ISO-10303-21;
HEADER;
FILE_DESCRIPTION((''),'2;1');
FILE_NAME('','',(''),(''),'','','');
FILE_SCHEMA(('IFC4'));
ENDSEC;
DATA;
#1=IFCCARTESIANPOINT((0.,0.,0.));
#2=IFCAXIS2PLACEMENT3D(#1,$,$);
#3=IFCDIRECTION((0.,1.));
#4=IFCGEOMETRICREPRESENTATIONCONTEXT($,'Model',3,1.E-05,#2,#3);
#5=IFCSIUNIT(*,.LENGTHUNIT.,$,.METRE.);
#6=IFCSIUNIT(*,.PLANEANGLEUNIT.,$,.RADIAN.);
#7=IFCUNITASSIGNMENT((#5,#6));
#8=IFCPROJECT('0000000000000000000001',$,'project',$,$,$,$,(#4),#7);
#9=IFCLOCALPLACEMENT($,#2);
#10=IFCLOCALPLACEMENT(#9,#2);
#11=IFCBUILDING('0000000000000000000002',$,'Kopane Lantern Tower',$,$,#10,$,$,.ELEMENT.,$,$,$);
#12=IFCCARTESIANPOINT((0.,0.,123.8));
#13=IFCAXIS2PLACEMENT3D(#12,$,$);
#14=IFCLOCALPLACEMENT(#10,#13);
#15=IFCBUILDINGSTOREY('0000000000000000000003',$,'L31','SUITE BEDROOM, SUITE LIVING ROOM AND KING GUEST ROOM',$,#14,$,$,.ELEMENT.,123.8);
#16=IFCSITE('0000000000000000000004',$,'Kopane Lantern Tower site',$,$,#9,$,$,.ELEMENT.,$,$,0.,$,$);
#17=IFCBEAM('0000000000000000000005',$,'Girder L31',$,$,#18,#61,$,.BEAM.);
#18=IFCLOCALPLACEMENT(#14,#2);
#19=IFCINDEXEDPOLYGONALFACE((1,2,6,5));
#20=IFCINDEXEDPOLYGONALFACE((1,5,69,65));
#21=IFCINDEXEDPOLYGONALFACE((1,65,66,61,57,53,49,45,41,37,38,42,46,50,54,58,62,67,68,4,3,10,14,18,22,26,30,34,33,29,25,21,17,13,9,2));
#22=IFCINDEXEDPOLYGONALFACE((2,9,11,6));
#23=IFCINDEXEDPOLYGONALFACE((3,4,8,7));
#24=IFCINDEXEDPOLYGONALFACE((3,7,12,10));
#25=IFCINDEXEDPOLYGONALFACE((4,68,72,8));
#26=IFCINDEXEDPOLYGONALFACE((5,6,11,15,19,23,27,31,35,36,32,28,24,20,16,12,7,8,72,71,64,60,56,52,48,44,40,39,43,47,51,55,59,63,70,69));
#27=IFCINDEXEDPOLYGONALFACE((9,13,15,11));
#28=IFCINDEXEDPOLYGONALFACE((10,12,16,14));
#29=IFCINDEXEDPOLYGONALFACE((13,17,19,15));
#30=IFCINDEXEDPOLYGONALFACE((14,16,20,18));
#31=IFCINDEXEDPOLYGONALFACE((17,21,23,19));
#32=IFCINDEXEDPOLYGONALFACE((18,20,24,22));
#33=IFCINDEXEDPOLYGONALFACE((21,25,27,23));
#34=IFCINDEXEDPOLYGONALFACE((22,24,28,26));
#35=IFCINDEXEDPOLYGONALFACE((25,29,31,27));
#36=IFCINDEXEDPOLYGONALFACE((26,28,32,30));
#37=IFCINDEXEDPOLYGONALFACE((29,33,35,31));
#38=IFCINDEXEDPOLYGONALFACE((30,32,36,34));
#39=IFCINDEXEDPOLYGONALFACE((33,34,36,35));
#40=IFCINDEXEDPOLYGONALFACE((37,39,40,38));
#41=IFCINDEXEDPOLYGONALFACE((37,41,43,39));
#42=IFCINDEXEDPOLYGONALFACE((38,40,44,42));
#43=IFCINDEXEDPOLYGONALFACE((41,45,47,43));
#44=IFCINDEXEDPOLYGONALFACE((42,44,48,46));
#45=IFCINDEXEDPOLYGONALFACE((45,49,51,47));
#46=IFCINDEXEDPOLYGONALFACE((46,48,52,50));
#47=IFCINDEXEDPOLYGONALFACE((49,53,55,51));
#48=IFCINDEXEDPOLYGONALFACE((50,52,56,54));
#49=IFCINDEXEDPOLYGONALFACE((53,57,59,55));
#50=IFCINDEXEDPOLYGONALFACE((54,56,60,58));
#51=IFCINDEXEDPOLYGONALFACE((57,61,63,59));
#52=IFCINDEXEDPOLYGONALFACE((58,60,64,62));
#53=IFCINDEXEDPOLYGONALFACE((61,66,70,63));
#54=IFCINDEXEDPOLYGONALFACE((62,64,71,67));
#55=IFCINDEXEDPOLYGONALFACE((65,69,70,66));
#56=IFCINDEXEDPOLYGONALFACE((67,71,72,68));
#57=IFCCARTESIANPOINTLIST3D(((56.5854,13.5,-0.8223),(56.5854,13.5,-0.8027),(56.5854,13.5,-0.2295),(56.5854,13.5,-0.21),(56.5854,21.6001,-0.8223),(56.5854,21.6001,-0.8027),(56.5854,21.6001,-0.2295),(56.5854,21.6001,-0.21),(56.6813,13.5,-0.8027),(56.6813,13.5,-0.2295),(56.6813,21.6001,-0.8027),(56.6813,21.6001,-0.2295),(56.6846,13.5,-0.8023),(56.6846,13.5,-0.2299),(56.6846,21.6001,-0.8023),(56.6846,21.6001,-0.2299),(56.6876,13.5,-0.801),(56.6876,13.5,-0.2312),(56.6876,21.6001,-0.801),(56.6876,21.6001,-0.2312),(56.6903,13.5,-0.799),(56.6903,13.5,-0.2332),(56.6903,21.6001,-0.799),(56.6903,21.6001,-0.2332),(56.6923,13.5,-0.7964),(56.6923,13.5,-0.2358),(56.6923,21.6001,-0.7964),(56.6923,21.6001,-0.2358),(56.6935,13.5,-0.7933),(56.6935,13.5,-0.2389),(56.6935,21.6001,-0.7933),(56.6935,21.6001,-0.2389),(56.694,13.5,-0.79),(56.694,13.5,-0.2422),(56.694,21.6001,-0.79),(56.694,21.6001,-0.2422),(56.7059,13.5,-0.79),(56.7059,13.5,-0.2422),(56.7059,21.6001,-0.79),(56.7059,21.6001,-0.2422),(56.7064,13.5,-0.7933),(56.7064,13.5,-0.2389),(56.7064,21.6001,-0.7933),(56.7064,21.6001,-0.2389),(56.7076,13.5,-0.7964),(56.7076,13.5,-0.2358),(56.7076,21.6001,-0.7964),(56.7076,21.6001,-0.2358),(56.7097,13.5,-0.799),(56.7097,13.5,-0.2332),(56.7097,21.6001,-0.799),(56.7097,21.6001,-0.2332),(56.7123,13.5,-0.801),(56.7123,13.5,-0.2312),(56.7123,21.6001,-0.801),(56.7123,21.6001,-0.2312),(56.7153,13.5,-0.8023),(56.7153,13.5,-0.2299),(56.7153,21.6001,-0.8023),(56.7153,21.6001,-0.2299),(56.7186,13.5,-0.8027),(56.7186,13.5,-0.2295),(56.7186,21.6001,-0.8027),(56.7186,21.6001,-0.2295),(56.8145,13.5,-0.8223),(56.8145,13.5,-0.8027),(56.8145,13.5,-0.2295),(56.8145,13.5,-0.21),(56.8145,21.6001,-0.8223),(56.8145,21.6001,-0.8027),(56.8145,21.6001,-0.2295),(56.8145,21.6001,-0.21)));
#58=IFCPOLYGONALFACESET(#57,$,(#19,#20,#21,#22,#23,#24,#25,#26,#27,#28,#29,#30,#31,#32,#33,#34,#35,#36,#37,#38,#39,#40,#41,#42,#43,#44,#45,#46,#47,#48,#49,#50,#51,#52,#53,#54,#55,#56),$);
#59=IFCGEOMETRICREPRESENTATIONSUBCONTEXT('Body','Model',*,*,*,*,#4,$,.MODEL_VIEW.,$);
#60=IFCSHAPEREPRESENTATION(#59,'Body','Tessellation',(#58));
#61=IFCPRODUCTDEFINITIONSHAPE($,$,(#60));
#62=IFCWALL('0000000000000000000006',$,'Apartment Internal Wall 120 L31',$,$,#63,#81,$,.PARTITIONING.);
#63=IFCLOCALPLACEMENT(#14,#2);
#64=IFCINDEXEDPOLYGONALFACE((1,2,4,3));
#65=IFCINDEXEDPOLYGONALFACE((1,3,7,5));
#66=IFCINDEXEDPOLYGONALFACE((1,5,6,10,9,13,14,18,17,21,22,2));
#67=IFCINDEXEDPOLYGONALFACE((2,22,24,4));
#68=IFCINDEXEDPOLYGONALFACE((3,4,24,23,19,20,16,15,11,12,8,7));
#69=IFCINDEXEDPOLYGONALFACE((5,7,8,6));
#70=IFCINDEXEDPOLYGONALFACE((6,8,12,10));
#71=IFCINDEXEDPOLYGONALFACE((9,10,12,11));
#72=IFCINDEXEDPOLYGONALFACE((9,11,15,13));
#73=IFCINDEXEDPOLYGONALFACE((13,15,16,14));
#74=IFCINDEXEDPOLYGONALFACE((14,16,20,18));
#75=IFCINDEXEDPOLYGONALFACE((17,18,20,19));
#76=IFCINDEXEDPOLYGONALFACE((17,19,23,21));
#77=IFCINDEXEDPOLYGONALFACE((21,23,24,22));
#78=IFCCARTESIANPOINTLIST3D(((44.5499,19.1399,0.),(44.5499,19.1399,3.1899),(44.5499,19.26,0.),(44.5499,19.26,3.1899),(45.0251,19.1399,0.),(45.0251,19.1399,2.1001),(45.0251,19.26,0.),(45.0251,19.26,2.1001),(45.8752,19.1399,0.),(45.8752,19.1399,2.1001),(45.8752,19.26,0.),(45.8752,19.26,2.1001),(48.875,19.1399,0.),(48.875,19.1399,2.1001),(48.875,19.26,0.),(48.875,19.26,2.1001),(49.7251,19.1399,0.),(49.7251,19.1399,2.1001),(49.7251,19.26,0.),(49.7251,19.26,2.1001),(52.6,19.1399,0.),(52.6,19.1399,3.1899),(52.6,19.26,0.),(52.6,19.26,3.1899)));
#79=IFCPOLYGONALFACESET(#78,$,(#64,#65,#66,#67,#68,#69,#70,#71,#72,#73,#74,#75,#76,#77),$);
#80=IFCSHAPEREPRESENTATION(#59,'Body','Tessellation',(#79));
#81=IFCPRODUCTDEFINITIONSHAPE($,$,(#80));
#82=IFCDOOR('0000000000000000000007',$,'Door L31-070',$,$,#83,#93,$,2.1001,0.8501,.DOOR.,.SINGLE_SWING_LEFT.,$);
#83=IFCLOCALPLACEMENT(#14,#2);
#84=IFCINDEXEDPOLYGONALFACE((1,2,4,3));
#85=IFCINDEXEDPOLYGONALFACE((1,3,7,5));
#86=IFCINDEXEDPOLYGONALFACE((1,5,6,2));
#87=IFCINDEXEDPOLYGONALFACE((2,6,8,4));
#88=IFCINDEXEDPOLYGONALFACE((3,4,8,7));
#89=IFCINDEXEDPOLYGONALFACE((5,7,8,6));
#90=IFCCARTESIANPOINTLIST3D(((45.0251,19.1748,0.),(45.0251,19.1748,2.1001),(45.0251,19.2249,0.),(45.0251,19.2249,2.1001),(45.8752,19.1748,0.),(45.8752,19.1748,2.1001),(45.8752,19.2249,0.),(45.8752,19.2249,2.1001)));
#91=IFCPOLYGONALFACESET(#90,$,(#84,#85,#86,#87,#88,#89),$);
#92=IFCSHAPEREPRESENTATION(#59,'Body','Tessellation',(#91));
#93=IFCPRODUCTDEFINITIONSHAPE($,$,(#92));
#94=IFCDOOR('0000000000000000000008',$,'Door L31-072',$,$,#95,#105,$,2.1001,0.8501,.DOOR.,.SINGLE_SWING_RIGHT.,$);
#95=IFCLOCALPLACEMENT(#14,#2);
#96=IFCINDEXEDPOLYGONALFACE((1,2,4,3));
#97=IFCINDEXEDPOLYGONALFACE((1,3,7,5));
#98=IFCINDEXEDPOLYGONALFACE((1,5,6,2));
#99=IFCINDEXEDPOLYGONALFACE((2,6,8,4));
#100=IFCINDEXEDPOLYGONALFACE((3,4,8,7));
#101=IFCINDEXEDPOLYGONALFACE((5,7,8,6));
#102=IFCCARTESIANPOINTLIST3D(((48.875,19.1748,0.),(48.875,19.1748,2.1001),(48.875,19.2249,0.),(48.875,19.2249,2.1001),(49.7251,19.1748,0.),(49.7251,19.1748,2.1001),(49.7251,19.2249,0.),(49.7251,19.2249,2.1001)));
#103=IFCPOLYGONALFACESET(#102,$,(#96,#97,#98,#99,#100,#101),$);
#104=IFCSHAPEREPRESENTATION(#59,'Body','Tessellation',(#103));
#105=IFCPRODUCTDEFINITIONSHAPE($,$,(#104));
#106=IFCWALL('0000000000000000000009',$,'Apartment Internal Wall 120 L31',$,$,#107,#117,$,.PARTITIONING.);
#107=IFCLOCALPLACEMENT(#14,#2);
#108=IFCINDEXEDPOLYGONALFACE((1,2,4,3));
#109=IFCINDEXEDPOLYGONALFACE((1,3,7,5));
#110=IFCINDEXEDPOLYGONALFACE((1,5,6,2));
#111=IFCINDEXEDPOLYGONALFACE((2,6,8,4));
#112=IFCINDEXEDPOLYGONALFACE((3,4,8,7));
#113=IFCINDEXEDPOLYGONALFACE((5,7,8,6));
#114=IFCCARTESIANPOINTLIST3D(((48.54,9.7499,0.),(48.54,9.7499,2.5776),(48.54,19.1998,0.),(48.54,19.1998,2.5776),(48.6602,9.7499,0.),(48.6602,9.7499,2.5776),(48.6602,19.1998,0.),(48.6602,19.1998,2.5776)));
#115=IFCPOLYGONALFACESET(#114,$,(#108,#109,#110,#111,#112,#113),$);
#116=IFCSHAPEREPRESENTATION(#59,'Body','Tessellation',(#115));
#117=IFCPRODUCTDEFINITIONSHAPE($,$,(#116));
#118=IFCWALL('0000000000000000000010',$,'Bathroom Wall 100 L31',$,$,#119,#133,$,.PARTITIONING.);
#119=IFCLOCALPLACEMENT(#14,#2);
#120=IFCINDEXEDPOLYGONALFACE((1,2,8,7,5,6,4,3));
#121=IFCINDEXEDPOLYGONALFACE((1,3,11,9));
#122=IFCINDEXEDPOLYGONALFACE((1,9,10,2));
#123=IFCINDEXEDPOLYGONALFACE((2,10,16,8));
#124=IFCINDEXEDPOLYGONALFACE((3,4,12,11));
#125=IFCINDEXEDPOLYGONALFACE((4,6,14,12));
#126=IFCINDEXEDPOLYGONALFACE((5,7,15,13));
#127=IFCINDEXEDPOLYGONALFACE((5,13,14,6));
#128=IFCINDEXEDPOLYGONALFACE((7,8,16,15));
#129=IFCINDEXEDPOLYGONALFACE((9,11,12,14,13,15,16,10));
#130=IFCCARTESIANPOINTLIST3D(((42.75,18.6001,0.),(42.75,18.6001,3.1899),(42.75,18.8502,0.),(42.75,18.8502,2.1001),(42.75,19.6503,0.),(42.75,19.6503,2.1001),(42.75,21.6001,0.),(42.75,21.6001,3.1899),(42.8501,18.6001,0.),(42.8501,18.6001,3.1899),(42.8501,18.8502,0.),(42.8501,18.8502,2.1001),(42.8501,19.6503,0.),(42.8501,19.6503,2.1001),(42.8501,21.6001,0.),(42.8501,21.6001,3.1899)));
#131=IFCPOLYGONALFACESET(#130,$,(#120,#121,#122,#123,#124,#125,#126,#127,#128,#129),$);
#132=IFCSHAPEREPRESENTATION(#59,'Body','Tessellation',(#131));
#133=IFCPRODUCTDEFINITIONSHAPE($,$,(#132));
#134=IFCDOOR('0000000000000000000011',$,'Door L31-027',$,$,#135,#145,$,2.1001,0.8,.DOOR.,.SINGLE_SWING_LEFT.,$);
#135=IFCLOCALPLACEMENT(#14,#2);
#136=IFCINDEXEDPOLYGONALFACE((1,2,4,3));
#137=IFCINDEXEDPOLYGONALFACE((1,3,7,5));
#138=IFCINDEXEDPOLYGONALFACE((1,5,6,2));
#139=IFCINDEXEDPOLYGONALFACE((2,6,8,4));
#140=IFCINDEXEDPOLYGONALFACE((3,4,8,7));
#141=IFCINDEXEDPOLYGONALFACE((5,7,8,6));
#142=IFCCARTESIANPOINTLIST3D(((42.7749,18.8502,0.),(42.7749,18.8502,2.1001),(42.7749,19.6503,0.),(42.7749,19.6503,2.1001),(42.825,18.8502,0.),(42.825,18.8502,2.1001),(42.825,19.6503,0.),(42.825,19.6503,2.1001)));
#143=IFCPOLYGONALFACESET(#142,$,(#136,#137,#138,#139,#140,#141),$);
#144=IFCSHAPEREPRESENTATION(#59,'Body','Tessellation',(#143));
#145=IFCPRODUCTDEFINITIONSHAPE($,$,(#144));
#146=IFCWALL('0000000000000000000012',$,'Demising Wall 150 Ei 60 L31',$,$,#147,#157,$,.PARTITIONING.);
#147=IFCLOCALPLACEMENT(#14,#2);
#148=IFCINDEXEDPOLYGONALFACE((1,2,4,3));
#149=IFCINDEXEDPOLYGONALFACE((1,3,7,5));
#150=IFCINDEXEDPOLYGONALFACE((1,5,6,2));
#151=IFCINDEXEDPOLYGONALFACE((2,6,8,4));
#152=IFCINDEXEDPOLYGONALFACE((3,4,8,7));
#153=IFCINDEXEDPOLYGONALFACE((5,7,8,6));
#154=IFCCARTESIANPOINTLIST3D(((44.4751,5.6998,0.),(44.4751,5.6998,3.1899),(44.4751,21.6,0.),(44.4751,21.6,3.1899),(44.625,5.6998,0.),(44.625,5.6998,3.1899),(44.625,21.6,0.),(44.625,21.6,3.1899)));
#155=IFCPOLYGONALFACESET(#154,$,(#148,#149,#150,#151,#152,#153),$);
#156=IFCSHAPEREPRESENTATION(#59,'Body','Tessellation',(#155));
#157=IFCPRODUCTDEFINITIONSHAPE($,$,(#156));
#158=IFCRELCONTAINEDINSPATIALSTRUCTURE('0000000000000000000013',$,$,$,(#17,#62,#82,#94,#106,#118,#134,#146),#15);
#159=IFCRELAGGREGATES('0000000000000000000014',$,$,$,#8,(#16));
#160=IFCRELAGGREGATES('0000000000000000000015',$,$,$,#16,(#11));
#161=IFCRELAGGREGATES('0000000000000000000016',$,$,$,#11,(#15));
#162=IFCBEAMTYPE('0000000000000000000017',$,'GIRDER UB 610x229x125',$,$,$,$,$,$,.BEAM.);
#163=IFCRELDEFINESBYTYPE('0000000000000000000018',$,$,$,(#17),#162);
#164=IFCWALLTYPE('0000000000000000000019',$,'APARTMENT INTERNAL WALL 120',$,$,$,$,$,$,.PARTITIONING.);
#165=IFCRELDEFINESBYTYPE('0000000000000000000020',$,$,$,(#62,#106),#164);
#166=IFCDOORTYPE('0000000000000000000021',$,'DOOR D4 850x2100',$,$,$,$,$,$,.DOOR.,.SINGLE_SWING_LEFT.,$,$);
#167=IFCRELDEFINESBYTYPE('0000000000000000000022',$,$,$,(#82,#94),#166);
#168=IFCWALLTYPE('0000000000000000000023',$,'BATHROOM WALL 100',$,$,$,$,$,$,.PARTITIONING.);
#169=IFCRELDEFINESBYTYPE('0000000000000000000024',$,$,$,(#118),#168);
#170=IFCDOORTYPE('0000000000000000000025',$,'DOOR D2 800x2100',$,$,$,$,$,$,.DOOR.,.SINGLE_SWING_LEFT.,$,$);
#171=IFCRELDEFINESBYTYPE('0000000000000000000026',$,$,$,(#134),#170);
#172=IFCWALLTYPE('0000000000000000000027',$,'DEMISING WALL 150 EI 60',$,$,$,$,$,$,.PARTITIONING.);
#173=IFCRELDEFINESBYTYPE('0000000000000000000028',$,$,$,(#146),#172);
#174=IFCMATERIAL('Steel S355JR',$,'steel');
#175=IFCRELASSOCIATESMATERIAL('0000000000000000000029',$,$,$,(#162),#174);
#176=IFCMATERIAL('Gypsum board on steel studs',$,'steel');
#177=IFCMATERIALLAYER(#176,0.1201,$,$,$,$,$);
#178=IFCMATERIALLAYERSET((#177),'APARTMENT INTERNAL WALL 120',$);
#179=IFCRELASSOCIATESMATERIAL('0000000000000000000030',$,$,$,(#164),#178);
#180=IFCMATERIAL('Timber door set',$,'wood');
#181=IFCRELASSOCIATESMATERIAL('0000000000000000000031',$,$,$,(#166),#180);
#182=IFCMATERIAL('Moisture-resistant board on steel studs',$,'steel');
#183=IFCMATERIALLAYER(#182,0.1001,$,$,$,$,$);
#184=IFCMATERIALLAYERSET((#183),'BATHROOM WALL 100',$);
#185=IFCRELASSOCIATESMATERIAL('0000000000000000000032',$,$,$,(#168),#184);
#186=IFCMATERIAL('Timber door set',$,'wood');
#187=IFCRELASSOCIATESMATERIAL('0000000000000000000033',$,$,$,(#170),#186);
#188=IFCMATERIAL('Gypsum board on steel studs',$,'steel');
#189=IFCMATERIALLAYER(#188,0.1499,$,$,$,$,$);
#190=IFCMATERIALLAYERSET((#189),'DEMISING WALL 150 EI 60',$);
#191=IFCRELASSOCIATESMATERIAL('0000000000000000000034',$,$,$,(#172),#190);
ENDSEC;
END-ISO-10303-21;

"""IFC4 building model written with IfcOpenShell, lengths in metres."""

from ifc_helpers import new_model, si_unit, direction, frame, frame_2d, origin, origin_2d, place, context, subcontext, project, spatial, rectangle, i_section, extrude, material, layer, layer_set, material_profile, profile_set, type_object, element, fill, save


model = new_model("IFC4")

# Units and contexts
model_context = context("Model", 3, precision=1e-05, world=origin(), true_north=direction((0.0, 1.0)))
body_context = subcontext(model_context, "Body", "Model", "MODEL_VIEW")
ifc_project = project(units=[si_unit("LENGTHUNIT", "METRE"), si_unit("PLANEANGLEUNIT", "RADIAN")], contexts=[model_context])

# Site, building, storey
site_placement = place(None, origin())
site = spatial("IfcSite", under=ifc_project, at=site_placement, Name="Kopane Lantern Tower site", CompositionType="ELEMENT", RefElevation=0.0)
building_placement = place(site_placement, origin())
building = spatial("IfcBuilding", under=site, at=building_placement, Name="Kopane Lantern Tower", CompositionType="ELEMENT")
storey_placement = place(building_placement, frame((0.0, 0.0, 123.8)))
storey = spatial("IfcBuildingStorey", under=building, at=storey_placement, Name="L31", Description="SUITE BEDROOM, SUITE LIVING ROOM AND KING GUEST ROOM", CompositionType="ELEMENT", Elevation=123.8)

# Beam
ifc_material_1 = material(Name="Steel S355JR", Category="steel")
ifc_material_profile_1 = material_profile(ifc_material_1, i_section(OverallWidth=0.229, OverallDepth=0.6123, WebThickness=0.012, FlangeThickness=0.0195, FilletRadius=0.0127, at=origin_2d()), Name="UB 610x229x125")
ifc_profile_set_1 = profile_set([ifc_material_profile_1], Name="Steel S355JR")
beam_type = type_object("IfcBeamType", Name="GIRDER UB 610x229x125", PredefinedType="BEAM", material=ifc_profile_set_1)
beam_placement = place(storey_placement, frame((56.7, 13.5, -0.5161), z_axis=(0.0, 1.0, 0.0), x_axis=(-1.0, 0.0, 0.0)))
element("IfcBeam", 1, at=beam_placement, inside=storey, type_object=beam_type, Name="Girder L31", PredefinedType="BEAM", context=body_context, shape_type="SweptSolid", body=[
    extrude(i_section(OverallWidth=0.229, OverallDepth=0.6123, WebThickness=0.012, FlangeThickness=0.0195, FilletRadius=0.0127, at=origin_2d()), origin(), (0.0, 0.0, 1.0), 8.1001),
])

# Wall, openings, doors
ifc_material_2 = material(Name="Gypsum board on steel studs", Category="steel")
ifc_layer_1 = layer(ifc_material_2, 0.1201)
ifc_layer_set_1 = layer_set([ifc_layer_1], Name="APARTMENT INTERNAL WALL 120")
wall_type_1 = type_object("IfcWallType", Name="APARTMENT INTERNAL WALL 120", PredefinedType="PARTITIONING", material=ifc_layer_set_1)
wall_1_placement = place(storey_placement, frame((44.55, 19.2, 0.0), z_axis=(0.0, 0.0, 1.0), x_axis=(1.0, 0.0, 0.0)))
wall_1 = element("IfcWall", 2, at=wall_1_placement, inside=storey, type_object=wall_type_1, Name="Apartment Internal Wall 120 L31", PredefinedType="PARTITIONING", context=body_context, shape_type="SweptSolid", body=[
    extrude(rectangle(XDim=8.05, YDim=0.1201, at=frame_2d((4.0249, 0.0))), origin(), (0.0, 0.0, 1.0), 3.1899),
])
opening_1_placement = place(wall_1_placement, frame((0.4751, 0.0, 0.0)))
opening_1 = element("IfcOpeningElement", 3, at=opening_1_placement, cuts=wall_1, PredefinedType="OPENING", context=body_context, shape_type="SweptSolid", body=[
    extrude(rectangle(XDim=0.8501, YDim=2.1001, at=frame_2d((0.425, 1.05))), frame((0.0, 0.0701, 0.0), z_axis=(0.0, -1.0, 0.0), x_axis=(1.0, 0.0, 0.0)), (0.0, 0.0, 1.0), 0.1401),
])
opening_2_placement = place(wall_1_placement, frame((4.325, 0.0, 0.0)))
opening_2 = element("IfcOpeningElement", 4, at=opening_2_placement, cuts=wall_1, PredefinedType="OPENING", context=body_context, shape_type="SweptSolid", body=[
    extrude(rectangle(XDim=0.8501, YDim=2.1001, at=frame_2d((0.425, 1.05))), frame((0.0, 0.0701, 0.0), z_axis=(0.0, -1.0, 0.0), x_axis=(1.0, 0.0, 0.0)), (0.0, 0.0, 1.0), 0.1401),
])
ifc_material_3 = material(Name="Timber door set", Category="wood")
door_type_1 = type_object("IfcDoorType", Name="DOOR D4 850x2100", OperationType="SINGLE_SWING_LEFT", PredefinedType="DOOR", material=ifc_material_3)
door_1_placement = place(opening_1_placement, origin())
door_1 = element("IfcDoor", 5, at=door_1_placement, inside=storey, type_object=door_type_1, Name="Door L31-070", OperationType="SINGLE_SWING_LEFT", OverallHeight=2.1001, OverallWidth=0.8501, PredefinedType="DOOR", context=body_context, shape_type="SweptSolid", body=[
    extrude(rectangle(XDim=0.8501, YDim=2.1001, at=frame_2d((0.425, 1.05))), frame((0.0, 0.0249, 0.0), z_axis=(0.0, -1.0, 0.0), x_axis=(1.0, 0.0, 0.0)), (0.0, 0.0, 1.0), 0.05),
])
fill(opening_1, door_1)
door_2_placement = place(opening_2_placement, origin())
door_2 = element("IfcDoor", 6, at=door_2_placement, inside=storey, type_object=door_type_1, Name="Door L31-072", OperationType="SINGLE_SWING_RIGHT", OverallHeight=2.1001, OverallWidth=0.8501, PredefinedType="DOOR", context=body_context, shape_type="SweptSolid", body=[
    extrude(rectangle(XDim=0.8501, YDim=2.1001, at=frame_2d((0.425, 1.05))), frame((0.0, 0.0249, 0.0), z_axis=(0.0, -1.0, 0.0), x_axis=(1.0, 0.0, 0.0)), (0.0, 0.0, 1.0), 0.05),
])
fill(opening_2, door_2)

# Wall
wall_2_placement = place(storey_placement, frame((48.6001, 19.2, 0.0), z_axis=(0.0, 0.0, 1.0), x_axis=(0.0, -1.0, 0.0)))
element("IfcWall", 7, at=wall_2_placement, inside=storey, type_object=wall_type_1, Name="Apartment Internal Wall 120 L31", PredefinedType="PARTITIONING", context=body_context, shape_type="SweptSolid", body=[
    extrude(rectangle(XDim=9.45, YDim=0.1201, at=frame_2d((4.7251, 0.0))), origin(), (0.0, 0.0, 1.0), 2.5776),
])

# Wall, opening, door
ifc_material_4 = material(Name="Moisture-resistant board on steel studs", Category="steel")
ifc_layer_2 = layer(ifc_material_4, 0.1001)
ifc_layer_set_2 = layer_set([ifc_layer_2], Name="BATHROOM WALL 100")
wall_type_2 = type_object("IfcWallType", Name="BATHROOM WALL 100", PredefinedType="PARTITIONING", material=ifc_layer_set_2)
wall_3_placement = place(storey_placement, frame((42.8, 21.6001, 0.0), z_axis=(0.0, 0.0, 1.0), x_axis=(0.0, -1.0, 0.0)))
wall_3 = element("IfcWall", 8, at=wall_3_placement, inside=storey, type_object=wall_type_2, Name="Bathroom Wall 100 L31", PredefinedType="PARTITIONING", context=body_context, shape_type="SweptSolid", body=[
    extrude(rectangle(XDim=3.0, YDim=0.1001, at=frame_2d((1.5, 0.0))), origin(), (0.0, 0.0, 1.0), 3.1899),
])
opening_3_placement = place(wall_3_placement, frame((1.95, 0.0, 0.0)))
opening_3 = element("IfcOpeningElement", 9, at=opening_3_placement, cuts=wall_3, PredefinedType="OPENING", context=body_context, shape_type="SweptSolid", body=[
    extrude(rectangle(XDim=0.8, YDim=2.1001, at=frame_2d((0.3999, 1.05))), frame((0.0, 0.0601, 0.0), z_axis=(0.0, -1.0, 0.0), x_axis=(1.0, 0.0, 0.0)), (0.0, 0.0, 1.0), 0.1201),
])
ifc_material_5 = material(Name="Timber door set", Category="wood")
door_type_2 = type_object("IfcDoorType", Name="DOOR D2 800x2100", OperationType="SINGLE_SWING_LEFT", PredefinedType="DOOR", material=ifc_material_5)
door_3_placement = place(opening_3_placement, origin())
door_3 = element("IfcDoor", 10, at=door_3_placement, inside=storey, type_object=door_type_2, Name="Door L31-027", OperationType="SINGLE_SWING_LEFT", OverallHeight=2.1001, OverallWidth=0.8, PredefinedType="DOOR", context=body_context, shape_type="SweptSolid", body=[
    extrude(rectangle(XDim=0.8, YDim=2.1001, at=frame_2d((0.3999, 1.05))), frame((0.0, 0.0249, 0.0), z_axis=(0.0, -1.0, 0.0), x_axis=(1.0, 0.0, 0.0)), (0.0, 0.0, 1.0), 0.05),
])
fill(opening_3, door_3)

# Wall
ifc_material_6 = material(Name="Gypsum board on steel studs", Category="steel")
ifc_layer_3 = layer(ifc_material_6, 0.1499)
ifc_layer_set_3 = layer_set([ifc_layer_3], Name="DEMISING WALL 150 EI 60")
wall_type_3 = type_object("IfcWallType", Name="DEMISING WALL 150 EI 60", PredefinedType="PARTITIONING", material=ifc_layer_set_3)
wall_4_placement = place(storey_placement, frame((44.55, 21.6001, 0.0), z_axis=(0.0, 0.0, 1.0), x_axis=(0.0, -1.0, 0.0)))
element("IfcWall", 11, at=wall_4_placement, inside=storey, type_object=wall_type_3, Name="Demising Wall 150 Ei 60 L31", PredefinedType="PARTITIONING", context=body_context, shape_type="SweptSolid", body=[
    extrude(rectangle(XDim=15.9001, YDim=0.1499, at=frame_2d((7.9502, 0.0))), origin(), (0.0, 0.0, 1.0), 3.1899),
])

save(model, "model.ifc")
